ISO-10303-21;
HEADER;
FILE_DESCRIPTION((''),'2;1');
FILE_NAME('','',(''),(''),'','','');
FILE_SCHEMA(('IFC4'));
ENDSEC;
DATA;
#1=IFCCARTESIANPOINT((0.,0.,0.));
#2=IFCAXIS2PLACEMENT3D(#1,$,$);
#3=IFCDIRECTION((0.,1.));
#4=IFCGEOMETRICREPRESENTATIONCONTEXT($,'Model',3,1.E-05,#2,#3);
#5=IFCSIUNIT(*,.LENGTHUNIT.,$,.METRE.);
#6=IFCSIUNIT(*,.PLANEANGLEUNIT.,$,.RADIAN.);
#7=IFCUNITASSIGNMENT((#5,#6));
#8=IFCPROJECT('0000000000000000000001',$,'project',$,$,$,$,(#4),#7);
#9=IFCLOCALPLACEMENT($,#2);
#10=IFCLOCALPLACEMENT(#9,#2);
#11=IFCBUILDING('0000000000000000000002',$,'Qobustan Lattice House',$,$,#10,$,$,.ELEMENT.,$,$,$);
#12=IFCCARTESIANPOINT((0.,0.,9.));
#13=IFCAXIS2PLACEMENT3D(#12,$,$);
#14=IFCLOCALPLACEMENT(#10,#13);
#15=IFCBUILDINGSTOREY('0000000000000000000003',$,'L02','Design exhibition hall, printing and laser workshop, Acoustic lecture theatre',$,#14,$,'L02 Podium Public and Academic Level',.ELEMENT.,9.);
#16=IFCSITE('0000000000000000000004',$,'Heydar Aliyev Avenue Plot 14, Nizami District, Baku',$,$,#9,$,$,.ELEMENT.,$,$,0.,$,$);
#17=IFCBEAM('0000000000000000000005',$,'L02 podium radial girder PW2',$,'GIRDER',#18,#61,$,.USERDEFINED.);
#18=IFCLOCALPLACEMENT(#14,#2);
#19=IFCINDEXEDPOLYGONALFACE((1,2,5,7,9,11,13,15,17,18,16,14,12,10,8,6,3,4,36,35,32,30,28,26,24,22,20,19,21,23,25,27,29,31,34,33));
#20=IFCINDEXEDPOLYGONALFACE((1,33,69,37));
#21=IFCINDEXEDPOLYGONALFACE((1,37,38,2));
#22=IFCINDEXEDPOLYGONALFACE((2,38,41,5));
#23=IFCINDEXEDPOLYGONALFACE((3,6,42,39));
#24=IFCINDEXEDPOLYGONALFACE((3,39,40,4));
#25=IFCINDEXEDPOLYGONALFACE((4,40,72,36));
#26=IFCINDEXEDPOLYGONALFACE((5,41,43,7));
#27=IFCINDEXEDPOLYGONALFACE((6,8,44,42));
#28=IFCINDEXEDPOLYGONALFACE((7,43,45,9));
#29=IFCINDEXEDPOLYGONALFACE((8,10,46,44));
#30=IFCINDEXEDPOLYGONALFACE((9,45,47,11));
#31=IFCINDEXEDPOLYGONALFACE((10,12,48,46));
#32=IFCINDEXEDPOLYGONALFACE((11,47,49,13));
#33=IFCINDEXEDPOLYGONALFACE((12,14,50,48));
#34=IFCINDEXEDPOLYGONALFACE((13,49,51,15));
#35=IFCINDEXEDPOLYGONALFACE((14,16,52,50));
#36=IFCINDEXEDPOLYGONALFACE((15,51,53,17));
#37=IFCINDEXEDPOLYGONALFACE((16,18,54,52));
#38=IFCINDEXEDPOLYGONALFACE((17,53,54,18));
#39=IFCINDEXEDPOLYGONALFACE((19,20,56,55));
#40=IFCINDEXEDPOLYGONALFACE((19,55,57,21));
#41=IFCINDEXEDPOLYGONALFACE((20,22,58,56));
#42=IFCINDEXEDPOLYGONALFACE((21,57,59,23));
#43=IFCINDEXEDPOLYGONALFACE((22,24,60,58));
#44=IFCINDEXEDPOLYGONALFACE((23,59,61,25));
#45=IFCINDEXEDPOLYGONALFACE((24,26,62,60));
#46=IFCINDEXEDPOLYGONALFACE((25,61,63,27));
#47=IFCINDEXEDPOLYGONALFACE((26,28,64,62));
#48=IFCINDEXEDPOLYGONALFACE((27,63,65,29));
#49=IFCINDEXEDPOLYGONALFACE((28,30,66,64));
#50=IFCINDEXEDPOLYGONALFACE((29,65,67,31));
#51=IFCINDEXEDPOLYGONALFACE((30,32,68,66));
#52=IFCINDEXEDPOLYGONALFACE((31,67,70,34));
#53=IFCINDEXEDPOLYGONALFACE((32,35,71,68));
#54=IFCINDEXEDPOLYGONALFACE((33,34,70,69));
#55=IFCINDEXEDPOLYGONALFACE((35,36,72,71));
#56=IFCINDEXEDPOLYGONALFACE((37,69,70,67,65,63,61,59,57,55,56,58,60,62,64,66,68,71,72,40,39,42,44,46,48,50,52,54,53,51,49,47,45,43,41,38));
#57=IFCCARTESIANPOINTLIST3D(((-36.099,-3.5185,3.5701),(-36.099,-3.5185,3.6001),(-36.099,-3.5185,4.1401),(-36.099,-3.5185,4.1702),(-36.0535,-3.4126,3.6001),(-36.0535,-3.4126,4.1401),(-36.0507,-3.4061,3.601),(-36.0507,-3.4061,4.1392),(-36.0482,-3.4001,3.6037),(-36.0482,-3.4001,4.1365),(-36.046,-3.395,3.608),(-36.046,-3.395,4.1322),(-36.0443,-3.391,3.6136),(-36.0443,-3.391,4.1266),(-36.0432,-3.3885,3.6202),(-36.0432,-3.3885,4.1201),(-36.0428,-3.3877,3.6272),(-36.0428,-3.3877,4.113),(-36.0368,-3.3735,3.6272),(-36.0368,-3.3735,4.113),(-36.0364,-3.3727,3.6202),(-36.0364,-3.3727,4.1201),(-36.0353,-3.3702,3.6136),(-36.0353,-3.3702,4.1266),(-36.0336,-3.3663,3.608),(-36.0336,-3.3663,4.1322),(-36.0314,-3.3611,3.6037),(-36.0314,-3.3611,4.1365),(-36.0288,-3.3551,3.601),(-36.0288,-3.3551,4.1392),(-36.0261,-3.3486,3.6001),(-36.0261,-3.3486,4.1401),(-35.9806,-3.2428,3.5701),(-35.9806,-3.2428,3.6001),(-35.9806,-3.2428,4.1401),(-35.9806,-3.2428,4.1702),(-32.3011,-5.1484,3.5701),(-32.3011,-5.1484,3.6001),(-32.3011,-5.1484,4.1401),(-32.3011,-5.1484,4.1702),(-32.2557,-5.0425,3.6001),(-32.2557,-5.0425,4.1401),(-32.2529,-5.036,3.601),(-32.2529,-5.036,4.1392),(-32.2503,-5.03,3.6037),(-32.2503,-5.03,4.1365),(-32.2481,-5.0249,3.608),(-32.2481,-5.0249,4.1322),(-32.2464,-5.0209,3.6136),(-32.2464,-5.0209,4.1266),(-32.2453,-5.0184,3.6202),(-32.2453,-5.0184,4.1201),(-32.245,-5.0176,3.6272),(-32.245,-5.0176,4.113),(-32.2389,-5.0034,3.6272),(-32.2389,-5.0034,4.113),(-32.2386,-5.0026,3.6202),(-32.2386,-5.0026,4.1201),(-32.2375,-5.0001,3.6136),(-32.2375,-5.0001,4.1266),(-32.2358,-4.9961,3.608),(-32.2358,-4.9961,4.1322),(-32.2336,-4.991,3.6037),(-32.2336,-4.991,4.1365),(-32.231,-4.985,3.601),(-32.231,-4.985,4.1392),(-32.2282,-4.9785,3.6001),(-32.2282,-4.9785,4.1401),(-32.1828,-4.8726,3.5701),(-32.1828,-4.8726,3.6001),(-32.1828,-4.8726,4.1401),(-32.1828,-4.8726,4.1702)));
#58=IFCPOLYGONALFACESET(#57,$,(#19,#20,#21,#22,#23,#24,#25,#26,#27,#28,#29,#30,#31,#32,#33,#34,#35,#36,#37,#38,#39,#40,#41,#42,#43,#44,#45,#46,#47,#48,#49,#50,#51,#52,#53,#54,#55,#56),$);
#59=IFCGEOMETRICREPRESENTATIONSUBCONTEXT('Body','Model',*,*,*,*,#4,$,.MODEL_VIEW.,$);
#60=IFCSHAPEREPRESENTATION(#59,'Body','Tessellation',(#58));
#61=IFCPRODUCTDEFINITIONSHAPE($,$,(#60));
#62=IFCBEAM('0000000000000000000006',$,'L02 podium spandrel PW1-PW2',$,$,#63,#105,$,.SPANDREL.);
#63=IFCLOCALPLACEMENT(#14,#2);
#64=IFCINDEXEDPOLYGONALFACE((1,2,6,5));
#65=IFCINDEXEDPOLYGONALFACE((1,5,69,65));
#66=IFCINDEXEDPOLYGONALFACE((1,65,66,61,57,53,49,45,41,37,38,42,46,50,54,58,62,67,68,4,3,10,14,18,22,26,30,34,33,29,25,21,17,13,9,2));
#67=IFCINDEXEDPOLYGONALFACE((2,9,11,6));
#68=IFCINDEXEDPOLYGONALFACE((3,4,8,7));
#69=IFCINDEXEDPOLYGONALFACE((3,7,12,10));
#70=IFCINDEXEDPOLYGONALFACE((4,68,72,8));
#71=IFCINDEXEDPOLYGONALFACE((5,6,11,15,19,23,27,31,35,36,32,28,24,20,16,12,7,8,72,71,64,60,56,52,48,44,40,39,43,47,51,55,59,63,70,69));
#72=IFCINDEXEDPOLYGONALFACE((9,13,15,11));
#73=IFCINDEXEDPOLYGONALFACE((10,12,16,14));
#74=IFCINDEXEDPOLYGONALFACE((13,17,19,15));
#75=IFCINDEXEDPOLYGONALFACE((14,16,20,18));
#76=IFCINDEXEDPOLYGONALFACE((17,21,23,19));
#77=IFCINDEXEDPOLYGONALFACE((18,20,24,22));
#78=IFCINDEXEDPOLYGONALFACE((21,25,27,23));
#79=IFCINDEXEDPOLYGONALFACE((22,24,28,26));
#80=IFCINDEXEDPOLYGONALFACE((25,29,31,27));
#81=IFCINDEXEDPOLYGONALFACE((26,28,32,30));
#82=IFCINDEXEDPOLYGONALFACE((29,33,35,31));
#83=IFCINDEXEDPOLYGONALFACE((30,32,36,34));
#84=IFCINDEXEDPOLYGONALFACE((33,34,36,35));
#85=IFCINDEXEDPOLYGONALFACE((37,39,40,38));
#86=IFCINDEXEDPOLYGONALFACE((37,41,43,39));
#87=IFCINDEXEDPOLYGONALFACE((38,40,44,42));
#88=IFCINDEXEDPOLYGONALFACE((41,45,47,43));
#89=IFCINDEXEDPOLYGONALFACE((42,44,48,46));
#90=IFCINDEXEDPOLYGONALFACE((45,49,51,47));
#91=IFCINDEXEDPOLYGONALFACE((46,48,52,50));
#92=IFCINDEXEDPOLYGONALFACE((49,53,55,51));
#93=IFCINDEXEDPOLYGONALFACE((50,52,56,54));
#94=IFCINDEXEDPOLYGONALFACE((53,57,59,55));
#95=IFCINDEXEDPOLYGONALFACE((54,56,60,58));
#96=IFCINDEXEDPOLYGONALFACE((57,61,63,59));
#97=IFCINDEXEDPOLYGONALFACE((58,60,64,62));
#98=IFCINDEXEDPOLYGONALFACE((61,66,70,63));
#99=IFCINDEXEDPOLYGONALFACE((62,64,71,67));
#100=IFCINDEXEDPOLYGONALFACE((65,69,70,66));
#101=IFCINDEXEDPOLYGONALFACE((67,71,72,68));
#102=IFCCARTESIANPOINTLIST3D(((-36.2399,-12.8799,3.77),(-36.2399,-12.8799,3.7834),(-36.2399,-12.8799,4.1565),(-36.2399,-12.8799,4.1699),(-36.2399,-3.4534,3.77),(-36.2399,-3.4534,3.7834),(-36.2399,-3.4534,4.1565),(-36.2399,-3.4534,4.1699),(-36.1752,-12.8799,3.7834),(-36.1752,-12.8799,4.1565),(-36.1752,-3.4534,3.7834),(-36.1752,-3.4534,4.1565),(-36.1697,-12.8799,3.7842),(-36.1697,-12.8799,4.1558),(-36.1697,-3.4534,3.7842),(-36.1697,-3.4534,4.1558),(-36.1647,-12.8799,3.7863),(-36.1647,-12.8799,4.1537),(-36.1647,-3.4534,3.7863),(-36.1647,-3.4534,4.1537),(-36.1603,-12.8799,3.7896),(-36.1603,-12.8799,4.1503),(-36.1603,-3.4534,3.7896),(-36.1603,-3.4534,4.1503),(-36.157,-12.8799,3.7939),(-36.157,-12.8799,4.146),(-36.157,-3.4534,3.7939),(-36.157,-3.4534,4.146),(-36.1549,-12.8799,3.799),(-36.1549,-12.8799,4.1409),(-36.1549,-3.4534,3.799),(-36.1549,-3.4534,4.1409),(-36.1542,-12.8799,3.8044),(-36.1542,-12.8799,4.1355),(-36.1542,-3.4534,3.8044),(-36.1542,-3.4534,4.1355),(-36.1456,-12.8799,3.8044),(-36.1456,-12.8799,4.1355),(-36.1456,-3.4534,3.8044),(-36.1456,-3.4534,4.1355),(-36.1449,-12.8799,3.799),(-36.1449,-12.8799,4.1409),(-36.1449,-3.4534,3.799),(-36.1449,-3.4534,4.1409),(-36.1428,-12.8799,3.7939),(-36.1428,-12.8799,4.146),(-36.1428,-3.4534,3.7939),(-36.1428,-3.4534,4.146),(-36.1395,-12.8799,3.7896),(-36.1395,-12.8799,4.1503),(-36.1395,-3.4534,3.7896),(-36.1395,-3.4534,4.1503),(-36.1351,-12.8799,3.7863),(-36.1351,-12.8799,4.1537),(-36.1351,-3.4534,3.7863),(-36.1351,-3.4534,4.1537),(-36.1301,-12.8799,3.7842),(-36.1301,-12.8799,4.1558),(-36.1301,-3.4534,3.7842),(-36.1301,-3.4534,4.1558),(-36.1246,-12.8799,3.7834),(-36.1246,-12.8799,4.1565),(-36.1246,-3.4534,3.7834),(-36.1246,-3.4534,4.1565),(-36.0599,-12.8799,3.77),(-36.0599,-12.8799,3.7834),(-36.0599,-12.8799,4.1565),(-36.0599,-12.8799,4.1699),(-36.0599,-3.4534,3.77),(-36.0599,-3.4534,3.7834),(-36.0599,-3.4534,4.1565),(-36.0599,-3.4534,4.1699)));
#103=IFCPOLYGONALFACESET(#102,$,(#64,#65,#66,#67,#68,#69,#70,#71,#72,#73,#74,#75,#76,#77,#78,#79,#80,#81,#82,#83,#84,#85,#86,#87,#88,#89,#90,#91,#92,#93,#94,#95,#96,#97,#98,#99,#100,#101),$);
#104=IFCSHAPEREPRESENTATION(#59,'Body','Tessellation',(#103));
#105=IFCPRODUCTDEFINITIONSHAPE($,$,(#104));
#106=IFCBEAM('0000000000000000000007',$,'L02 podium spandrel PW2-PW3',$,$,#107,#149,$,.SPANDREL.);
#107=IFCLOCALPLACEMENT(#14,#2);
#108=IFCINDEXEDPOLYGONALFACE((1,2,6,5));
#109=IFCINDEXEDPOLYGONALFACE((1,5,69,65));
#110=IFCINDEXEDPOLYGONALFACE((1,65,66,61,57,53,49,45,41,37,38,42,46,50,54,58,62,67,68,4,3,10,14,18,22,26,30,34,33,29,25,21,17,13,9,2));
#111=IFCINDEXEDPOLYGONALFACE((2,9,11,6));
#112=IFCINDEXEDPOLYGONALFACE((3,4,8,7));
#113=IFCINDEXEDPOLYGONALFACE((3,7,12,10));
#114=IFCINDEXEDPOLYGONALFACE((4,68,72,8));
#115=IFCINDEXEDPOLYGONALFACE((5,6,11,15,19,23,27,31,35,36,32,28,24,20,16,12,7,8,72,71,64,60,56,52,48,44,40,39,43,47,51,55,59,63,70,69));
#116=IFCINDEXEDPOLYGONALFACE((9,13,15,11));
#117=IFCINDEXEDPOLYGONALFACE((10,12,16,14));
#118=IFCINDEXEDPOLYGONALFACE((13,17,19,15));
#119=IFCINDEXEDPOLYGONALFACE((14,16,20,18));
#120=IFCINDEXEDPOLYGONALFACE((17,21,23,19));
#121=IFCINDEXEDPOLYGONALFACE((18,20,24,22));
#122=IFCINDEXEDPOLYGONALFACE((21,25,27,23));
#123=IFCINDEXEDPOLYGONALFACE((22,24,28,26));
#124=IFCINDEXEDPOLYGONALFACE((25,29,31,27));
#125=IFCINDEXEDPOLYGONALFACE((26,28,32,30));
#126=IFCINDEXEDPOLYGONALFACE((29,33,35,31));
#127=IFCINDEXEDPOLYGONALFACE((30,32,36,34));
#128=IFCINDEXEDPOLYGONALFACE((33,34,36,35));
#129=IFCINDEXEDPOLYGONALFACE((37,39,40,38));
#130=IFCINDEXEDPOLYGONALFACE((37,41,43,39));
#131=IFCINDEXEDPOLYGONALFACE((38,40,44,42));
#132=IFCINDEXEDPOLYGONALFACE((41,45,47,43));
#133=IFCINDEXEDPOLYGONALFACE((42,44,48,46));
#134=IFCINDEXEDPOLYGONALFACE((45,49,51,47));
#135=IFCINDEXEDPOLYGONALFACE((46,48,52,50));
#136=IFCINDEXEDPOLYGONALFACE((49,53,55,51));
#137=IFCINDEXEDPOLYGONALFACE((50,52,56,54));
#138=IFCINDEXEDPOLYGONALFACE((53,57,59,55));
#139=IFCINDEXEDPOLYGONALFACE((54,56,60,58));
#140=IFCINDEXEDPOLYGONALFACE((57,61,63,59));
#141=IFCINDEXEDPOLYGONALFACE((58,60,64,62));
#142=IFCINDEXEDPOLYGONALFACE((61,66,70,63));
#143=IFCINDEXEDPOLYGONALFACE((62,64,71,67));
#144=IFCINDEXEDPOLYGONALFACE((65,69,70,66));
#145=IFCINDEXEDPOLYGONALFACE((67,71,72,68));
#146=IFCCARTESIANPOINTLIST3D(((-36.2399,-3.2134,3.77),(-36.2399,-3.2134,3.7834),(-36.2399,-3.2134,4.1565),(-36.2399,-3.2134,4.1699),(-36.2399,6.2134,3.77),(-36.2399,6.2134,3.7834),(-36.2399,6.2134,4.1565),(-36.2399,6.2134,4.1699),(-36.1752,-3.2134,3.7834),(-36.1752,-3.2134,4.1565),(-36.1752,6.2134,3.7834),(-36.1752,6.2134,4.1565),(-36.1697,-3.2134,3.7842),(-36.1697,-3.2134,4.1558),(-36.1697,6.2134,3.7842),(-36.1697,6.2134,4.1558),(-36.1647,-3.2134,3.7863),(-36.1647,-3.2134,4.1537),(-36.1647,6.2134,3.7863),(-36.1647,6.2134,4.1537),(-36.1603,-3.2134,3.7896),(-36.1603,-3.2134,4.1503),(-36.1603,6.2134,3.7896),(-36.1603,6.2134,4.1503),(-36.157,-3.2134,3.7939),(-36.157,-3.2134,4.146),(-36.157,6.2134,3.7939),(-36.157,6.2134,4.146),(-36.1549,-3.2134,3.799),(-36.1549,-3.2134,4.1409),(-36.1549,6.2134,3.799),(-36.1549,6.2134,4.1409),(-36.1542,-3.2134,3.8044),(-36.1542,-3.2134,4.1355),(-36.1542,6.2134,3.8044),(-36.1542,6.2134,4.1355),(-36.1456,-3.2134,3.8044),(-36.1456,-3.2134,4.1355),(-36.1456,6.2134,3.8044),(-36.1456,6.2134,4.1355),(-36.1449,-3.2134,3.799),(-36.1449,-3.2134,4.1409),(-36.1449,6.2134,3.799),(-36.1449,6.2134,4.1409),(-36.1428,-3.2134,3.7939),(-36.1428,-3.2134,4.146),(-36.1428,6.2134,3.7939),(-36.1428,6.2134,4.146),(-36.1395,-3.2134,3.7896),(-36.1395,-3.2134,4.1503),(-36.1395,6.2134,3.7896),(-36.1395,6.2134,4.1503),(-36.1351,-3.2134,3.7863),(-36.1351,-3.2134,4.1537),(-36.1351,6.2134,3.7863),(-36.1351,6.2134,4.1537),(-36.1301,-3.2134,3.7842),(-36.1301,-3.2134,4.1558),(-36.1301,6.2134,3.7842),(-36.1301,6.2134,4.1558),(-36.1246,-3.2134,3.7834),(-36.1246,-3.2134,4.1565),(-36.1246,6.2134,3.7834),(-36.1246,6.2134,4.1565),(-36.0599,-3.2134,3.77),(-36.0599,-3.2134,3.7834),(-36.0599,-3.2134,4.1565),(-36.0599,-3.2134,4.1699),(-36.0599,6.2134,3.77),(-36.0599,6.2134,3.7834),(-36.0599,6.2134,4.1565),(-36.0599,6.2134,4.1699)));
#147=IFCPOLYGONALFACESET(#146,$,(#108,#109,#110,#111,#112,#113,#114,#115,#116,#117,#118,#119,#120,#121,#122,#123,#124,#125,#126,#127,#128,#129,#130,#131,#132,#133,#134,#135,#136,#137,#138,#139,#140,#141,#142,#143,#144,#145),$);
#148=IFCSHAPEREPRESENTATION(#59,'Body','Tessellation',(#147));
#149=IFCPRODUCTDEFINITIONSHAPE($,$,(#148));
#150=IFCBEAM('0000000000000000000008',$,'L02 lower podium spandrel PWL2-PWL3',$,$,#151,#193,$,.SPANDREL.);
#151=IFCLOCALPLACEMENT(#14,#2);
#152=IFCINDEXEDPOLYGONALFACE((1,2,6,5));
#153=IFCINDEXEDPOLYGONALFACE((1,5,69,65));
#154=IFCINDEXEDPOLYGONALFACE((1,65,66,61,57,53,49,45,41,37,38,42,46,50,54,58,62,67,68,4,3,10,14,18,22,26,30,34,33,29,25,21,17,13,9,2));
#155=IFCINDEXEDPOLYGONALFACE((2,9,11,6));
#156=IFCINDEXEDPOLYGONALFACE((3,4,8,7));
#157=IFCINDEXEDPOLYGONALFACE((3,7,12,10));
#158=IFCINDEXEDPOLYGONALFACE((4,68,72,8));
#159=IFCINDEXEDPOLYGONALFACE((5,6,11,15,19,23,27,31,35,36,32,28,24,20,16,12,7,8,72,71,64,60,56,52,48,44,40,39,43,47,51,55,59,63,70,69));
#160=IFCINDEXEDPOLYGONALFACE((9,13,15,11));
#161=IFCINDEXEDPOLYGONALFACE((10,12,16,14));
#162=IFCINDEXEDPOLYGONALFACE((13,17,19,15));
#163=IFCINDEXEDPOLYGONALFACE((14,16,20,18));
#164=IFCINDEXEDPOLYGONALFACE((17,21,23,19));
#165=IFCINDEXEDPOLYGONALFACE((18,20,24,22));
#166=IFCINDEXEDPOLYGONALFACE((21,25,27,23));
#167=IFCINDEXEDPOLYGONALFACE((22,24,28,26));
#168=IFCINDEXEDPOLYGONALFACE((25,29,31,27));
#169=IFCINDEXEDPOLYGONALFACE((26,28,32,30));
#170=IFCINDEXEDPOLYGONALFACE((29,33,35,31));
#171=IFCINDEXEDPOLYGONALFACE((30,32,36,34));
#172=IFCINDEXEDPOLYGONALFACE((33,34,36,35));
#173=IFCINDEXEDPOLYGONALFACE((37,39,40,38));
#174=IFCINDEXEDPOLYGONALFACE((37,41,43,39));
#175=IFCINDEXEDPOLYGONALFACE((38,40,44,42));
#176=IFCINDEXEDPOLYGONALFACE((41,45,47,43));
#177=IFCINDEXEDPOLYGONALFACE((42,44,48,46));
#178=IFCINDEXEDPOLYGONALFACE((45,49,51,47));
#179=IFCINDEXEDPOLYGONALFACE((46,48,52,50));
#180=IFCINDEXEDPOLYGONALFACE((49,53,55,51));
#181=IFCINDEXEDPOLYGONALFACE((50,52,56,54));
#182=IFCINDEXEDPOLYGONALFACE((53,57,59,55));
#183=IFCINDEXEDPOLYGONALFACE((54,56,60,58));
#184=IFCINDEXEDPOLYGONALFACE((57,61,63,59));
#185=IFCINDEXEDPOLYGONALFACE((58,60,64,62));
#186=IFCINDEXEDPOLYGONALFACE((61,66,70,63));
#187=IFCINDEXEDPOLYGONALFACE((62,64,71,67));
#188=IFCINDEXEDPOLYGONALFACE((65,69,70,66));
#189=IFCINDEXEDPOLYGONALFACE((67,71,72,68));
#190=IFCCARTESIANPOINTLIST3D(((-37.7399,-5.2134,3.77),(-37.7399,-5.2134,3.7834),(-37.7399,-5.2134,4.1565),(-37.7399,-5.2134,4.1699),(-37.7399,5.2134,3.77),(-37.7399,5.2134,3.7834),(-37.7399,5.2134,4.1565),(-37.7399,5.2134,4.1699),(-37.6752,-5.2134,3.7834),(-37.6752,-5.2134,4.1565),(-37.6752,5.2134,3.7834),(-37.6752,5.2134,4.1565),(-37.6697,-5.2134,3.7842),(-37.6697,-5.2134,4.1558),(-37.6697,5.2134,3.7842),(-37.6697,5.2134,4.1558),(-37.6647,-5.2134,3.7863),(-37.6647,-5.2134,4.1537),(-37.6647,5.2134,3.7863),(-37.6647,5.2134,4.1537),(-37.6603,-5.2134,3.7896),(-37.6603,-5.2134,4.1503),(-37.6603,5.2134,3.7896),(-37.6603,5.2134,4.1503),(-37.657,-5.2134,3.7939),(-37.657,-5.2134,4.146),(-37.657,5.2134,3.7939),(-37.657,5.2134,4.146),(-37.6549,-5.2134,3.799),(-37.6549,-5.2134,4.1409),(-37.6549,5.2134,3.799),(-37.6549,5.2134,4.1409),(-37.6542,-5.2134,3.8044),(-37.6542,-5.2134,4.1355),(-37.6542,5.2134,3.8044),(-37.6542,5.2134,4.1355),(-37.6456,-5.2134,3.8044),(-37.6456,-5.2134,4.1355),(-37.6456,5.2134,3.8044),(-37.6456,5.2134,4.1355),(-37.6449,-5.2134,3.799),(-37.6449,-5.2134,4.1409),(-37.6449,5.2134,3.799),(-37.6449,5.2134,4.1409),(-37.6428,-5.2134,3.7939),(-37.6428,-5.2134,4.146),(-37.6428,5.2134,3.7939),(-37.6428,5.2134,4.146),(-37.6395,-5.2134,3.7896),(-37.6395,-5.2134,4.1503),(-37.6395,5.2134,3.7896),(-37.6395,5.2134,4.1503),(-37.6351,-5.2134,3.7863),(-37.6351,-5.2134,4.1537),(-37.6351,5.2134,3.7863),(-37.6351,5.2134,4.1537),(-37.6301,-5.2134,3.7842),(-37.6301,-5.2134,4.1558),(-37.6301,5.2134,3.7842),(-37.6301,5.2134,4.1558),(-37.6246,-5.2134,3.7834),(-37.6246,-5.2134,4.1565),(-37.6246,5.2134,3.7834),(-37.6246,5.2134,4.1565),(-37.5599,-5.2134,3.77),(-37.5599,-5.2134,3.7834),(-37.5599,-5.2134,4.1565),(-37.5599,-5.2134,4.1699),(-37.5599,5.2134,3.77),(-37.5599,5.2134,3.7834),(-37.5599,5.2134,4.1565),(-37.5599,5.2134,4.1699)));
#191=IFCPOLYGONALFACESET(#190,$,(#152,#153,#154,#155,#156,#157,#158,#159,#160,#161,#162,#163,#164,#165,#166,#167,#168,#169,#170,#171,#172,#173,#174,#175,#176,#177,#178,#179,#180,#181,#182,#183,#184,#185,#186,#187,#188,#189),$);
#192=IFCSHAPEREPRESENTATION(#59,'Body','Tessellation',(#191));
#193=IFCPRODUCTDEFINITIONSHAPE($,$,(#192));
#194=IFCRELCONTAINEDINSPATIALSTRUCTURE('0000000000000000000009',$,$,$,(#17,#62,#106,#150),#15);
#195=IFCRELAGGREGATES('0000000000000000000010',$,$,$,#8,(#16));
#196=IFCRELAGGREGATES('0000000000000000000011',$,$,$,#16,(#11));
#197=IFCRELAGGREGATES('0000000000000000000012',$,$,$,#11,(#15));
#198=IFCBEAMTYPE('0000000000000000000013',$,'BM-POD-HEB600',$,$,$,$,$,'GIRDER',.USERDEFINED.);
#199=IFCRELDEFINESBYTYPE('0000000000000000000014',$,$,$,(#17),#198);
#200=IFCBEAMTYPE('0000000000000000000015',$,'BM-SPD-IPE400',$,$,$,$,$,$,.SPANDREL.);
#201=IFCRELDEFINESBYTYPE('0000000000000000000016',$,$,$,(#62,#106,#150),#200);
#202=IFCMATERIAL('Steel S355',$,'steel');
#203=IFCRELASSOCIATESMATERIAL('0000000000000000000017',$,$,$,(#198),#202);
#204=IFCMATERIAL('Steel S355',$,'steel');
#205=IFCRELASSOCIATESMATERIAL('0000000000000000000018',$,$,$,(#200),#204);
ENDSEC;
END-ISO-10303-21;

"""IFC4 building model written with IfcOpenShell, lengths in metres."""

from ifc_helpers import new_model, si_unit, direction, frame, origin, origin_2d, place, context, subcontext, project, spatial, i_section, extrude, material, material_profile, profile_set, type_object, element, save


model = new_model("IFC4")

# Units and contexts
model_context = context("Model", 3, precision=1e-05, world=origin(), true_north=direction((0.0, 1.0)))
body_context = subcontext(model_context, "Body", "Model", "MODEL_VIEW")
ifc_project = project(units=[si_unit("LENGTHUNIT", "METRE"), si_unit("PLANEANGLEUNIT", "RADIAN")], contexts=[model_context])

# Site, building, storey
site_placement = place(None, origin())
site = spatial("IfcSite", under=ifc_project, at=site_placement, Name="Heydar Aliyev Avenue Plot 14, Nizami District, Baku", CompositionType="ELEMENT", RefElevation=0.0)
building_placement = place(site_placement, origin())
building = spatial("IfcBuilding", under=site, at=building_placement, Name="Qobustan Lattice House", CompositionType="ELEMENT")
storey_placement = place(building_placement, frame((0.0, 0.0, 9.0)))
storey = spatial("IfcBuildingStorey", under=building, at=storey_placement, Name="L02", Description="Design exhibition hall, printing and laser workshop, Acoustic lecture theatre", LongName="L02 Podium Public and Academic Level", CompositionType="ELEMENT", Elevation=9.0)

# Beams
ifc_material_1 = material(Name="Steel S355", Category="steel")
ifc_material_profile_1 = material_profile(ifc_material_1, i_section(OverallWidth=0.3, OverallDepth=0.6001, WebThickness=0.0154, FlangeThickness=0.03, FilletRadius=0.0271, at=origin_2d()), Name="HEB600")
ifc_profile_set_1 = profile_set([ifc_material_profile_1], Name="Steel S355")
beam_type_1 = type_object("IfcBeamType", Name="BM-POD-HEB600", ElementType="GIRDER", PredefinedType="USERDEFINED", material=ifc_profile_set_1)
beam_1_placement = place(storey_placement, frame((-36.0398, -3.3806, 3.8701), z_axis=(0.918949, -0.394376, 0.0), x_axis=(0.394376, 0.918949, 0.0)))
element("IfcBeam", 1, at=beam_1_placement, inside=storey, type_object=beam_type_1, Name="L02 podium radial girder PW2", ObjectType="GIRDER", PredefinedType="USERDEFINED", context=body_context, shape_type="SweptSolid", body=[
    extrude(i_section(OverallWidth=0.3, OverallDepth=0.6001, WebThickness=0.0154, FlangeThickness=0.03, FilletRadius=0.0271, at=origin_2d()), origin(), (0.0, 0.0, 1.0), 4.1328),
])
ifc_material_2 = material(Name="Steel S355", Category="steel")
ifc_material_profile_2 = material_profile(ifc_material_2, i_section(OverallWidth=0.1799, OverallDepth=0.3999, WebThickness=0.0085, FlangeThickness=0.0134, FilletRadius=0.021, at=origin_2d()), Name="IPE400")
ifc_profile_set_2 = profile_set([ifc_material_profile_2], Name="Steel S355")
beam_type_2 = type_object("IfcBeamType", Name="BM-SPD-IPE400", PredefinedType="SPANDREL", material=ifc_profile_set_2)
beam_2_placement = place(storey_placement, frame((-36.1499, -12.8799, 3.97), z_axis=(0.0, 1.0, 0.0), x_axis=(-1.0, 0.0, 0.0)))
element("IfcBeam", 2, at=beam_2_placement, inside=storey, type_object=beam_type_2, Name="L02 podium spandrel PW1-PW2", PredefinedType="SPANDREL", context=body_context, shape_type="SweptSolid", body=[
    extrude(i_section(OverallWidth=0.1799, OverallDepth=0.3999, WebThickness=0.0085, FlangeThickness=0.0134, FilletRadius=0.021, at=origin_2d()), origin(), (0.0, 0.0, 1.0), 9.4265),
])
beam_3_placement = place(storey_placement, frame((-36.1499, -3.2134, 3.97), z_axis=(0.0, 1.0, 0.0), x_axis=(-1.0, 0.0, 0.0)))
element("IfcBeam", 3, at=beam_3_placement, inside=storey, type_object=beam_type_2, Name="L02 podium spandrel PW2-PW3", PredefinedType="SPANDREL", context=body_context, shape_type="SweptSolid", body=[
    extrude(i_section(OverallWidth=0.1799, OverallDepth=0.3999, WebThickness=0.0085, FlangeThickness=0.0134, FilletRadius=0.021, at=origin_2d()), origin(), (0.0, 0.0, 1.0), 9.4268),
])
beam_4_placement = place(storey_placement, frame((-37.6499, -5.2134, 3.97), z_axis=(0.0, 1.0, 0.0), x_axis=(-1.0, 0.0, 0.0)))
element("IfcBeam", 4, at=beam_4_placement, inside=storey, type_object=beam_type_2, Name="L02 lower podium spandrel PWL2-PWL3", PredefinedType="SPANDREL", context=body_context, shape_type="SweptSolid", body=[
    extrude(i_section(OverallWidth=0.1799, OverallDepth=0.3999, WebThickness=0.0085, FlangeThickness=0.0134, FilletRadius=0.021, at=origin_2d()), origin(), (0.0, 0.0, 1.0), 10.4268),
])

save(model, "model.ifc")
